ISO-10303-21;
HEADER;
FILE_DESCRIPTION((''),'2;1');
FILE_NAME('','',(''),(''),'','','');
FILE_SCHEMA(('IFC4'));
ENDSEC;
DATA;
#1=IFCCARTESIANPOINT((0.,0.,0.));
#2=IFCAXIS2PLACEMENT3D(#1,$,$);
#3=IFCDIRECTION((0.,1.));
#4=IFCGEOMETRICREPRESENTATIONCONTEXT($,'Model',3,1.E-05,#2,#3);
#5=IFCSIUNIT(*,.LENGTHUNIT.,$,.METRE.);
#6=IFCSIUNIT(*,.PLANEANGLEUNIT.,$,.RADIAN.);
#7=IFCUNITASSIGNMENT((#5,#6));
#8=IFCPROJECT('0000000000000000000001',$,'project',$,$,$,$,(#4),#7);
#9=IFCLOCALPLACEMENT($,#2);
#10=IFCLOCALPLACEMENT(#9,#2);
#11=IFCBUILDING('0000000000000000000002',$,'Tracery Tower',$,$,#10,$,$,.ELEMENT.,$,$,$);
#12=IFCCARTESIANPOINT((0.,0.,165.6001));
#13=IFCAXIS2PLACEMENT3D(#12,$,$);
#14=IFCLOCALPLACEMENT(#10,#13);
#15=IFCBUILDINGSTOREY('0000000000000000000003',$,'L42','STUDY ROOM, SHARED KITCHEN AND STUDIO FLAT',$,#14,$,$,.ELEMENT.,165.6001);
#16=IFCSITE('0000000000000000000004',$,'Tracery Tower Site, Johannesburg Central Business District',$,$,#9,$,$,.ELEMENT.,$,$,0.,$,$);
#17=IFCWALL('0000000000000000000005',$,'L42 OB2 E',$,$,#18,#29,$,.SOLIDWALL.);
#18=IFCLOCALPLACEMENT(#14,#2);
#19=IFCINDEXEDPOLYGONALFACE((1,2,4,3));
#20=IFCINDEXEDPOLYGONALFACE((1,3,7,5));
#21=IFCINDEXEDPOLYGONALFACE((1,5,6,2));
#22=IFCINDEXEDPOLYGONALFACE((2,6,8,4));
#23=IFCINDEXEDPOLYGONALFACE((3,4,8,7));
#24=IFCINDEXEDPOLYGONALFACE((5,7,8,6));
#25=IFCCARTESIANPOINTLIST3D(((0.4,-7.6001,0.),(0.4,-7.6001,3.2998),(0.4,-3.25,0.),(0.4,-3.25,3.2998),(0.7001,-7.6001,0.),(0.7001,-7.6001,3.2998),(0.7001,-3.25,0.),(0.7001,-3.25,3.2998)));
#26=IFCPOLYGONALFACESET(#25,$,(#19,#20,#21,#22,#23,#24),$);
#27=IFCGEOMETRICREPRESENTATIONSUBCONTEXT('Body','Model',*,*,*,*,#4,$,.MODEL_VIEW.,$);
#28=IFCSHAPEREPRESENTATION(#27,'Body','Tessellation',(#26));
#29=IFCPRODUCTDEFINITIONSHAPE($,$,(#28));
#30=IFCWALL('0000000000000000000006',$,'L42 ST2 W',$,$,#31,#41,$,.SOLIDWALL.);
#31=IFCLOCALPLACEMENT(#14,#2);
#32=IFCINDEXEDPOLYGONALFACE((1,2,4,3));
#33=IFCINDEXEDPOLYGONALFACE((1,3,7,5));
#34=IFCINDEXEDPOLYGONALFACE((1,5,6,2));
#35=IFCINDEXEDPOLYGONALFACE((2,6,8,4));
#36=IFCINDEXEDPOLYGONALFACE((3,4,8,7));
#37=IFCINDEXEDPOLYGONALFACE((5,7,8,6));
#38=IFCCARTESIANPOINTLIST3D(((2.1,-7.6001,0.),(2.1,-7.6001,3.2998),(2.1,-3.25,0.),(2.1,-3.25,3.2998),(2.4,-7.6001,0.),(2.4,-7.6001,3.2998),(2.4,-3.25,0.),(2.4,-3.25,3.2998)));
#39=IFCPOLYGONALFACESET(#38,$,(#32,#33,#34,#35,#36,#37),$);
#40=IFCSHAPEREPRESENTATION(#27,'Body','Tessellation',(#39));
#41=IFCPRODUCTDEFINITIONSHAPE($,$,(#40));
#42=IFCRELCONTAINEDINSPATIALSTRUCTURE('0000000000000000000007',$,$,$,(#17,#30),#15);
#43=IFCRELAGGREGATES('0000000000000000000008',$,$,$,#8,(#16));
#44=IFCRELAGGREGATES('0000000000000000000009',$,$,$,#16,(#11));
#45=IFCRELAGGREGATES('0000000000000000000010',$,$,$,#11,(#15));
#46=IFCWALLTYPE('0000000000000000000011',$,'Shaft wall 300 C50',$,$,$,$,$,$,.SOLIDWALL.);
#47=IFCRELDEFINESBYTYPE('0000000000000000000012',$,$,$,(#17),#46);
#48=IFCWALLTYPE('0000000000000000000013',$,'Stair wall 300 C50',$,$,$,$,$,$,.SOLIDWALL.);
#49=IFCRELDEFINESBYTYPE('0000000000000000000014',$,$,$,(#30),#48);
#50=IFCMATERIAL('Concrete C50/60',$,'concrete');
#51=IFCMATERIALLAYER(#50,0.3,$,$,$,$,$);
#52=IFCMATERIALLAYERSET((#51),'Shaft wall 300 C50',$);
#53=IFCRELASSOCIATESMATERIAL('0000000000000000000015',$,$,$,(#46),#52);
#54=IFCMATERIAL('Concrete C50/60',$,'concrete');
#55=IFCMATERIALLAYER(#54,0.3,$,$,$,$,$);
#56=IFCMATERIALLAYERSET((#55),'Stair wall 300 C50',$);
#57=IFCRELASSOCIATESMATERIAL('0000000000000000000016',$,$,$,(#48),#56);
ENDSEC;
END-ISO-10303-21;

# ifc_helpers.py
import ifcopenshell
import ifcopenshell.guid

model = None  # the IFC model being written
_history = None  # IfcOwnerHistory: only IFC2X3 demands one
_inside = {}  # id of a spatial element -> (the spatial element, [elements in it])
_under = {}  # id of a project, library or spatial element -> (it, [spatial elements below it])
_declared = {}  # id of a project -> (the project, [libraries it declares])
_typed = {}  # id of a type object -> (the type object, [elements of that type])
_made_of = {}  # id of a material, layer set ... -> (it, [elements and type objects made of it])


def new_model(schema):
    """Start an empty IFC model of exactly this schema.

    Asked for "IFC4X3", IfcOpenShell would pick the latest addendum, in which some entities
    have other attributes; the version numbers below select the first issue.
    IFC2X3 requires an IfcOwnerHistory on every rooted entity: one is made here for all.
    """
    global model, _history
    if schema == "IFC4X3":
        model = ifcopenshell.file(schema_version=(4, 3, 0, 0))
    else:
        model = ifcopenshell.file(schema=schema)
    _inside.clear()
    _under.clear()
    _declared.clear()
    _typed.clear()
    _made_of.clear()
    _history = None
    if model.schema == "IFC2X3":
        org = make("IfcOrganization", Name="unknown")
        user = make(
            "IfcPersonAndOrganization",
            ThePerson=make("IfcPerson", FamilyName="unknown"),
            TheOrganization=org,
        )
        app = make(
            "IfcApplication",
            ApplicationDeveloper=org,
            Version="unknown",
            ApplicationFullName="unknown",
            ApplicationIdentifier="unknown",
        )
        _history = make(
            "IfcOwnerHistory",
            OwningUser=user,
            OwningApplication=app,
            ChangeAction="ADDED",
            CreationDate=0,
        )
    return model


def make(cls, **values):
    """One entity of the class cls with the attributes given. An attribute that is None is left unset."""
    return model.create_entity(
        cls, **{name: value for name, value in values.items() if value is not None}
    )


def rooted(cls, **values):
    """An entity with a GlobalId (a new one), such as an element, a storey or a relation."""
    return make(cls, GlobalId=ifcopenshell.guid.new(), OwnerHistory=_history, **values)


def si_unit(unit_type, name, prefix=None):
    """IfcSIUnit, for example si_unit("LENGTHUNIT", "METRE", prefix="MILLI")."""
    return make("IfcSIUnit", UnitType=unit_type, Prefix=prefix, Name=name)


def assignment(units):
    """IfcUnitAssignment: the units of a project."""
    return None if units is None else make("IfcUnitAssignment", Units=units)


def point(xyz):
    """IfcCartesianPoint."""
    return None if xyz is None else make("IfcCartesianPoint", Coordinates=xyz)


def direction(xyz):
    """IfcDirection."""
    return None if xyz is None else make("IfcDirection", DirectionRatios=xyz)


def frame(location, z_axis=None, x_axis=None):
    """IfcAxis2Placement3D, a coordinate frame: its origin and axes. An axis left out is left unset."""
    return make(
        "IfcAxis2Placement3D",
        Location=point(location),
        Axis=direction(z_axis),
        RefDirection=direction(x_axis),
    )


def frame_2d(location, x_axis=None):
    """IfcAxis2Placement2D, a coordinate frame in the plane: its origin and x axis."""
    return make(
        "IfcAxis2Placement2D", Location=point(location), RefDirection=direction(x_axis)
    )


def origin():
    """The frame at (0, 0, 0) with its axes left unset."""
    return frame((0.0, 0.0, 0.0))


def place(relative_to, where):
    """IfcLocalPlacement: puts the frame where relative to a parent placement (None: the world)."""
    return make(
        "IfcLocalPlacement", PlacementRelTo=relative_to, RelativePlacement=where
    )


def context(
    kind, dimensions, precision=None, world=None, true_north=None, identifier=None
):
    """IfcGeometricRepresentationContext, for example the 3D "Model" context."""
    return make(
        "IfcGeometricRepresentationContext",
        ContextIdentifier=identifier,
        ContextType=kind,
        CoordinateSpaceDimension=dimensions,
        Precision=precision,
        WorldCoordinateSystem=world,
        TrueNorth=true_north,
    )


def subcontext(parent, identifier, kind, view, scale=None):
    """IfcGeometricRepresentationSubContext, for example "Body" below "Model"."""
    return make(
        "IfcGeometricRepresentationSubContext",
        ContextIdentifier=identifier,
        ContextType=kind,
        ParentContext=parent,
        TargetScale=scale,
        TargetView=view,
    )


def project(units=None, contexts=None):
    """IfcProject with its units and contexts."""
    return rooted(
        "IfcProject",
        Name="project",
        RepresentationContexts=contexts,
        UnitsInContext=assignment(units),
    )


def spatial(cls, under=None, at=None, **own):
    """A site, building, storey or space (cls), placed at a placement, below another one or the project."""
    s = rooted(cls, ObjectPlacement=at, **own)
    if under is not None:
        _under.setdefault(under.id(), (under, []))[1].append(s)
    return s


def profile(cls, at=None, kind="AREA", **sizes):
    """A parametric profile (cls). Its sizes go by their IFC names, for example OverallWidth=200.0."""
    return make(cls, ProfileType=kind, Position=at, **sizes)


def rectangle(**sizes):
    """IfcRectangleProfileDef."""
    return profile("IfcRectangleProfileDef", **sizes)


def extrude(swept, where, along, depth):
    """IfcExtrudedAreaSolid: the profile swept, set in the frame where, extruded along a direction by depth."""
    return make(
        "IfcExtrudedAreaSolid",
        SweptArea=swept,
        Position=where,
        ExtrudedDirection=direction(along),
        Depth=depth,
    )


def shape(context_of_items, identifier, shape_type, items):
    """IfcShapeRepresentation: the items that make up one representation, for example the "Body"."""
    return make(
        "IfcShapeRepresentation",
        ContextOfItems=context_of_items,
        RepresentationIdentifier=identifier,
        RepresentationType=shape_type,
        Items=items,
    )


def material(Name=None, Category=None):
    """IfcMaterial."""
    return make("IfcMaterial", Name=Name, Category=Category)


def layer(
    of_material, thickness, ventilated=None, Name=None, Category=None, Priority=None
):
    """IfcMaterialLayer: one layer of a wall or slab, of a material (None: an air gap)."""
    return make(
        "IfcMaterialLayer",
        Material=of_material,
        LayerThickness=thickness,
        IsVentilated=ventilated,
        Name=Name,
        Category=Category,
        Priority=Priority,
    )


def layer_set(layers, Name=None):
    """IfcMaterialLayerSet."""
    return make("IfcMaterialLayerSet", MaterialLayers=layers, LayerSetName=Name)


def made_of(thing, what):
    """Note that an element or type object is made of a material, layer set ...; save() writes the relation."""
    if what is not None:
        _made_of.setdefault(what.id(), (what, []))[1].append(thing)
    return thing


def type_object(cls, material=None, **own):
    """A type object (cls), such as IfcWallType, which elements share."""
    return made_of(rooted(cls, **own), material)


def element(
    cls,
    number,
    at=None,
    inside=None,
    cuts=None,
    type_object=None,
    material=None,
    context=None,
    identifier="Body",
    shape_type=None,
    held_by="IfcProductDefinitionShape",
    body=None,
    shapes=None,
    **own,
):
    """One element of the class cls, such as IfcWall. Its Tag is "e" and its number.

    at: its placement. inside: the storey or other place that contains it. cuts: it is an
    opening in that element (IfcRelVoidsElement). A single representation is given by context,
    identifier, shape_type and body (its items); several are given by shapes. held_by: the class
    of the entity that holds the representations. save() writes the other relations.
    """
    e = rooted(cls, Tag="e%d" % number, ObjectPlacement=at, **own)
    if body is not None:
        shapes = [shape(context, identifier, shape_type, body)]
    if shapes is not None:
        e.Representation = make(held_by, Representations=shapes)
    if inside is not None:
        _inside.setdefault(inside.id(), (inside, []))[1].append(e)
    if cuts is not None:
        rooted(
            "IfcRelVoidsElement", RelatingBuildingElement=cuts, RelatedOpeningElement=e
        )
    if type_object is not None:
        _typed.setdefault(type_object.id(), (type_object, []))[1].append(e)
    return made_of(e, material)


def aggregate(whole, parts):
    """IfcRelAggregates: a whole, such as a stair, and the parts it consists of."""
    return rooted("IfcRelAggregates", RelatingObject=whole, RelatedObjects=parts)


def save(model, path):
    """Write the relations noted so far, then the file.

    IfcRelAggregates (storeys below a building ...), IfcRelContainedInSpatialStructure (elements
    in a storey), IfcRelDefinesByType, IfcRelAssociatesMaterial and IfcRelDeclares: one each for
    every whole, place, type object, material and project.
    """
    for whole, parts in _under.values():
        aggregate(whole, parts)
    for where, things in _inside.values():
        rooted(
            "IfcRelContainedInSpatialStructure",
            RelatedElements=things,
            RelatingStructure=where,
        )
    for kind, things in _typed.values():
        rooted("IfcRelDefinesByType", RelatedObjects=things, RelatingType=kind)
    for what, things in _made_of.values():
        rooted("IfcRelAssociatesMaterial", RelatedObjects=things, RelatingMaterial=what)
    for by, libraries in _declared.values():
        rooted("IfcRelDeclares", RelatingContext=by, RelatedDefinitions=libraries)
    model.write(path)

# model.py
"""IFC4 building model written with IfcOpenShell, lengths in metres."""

from ifc_helpers import new_model, si_unit, direction, frame, frame_2d, origin, place, context, subcontext, project, spatial, rectangle, extrude, material, layer, layer_set, type_object, element, save


model = new_model("IFC4")

# Units and contexts
model_context = context("Model", 3, precision=1e-05, world=origin(), true_north=direction((0.0, 1.0)))
body_context = subcontext(model_context, "Body", "Model", "MODEL_VIEW")
ifc_project = project(units=[si_unit("LENGTHUNIT", "METRE"), si_unit("PLANEANGLEUNIT", "RADIAN")], contexts=[model_context])

# Site, building, storey
site_placement = place(None, origin())
site = spatial("IfcSite", under=ifc_project, at=site_placement, Name="Tracery Tower Site, Johannesburg Central Business District", CompositionType="ELEMENT", RefElevation=0.0)
building_placement = place(site_placement, origin())
building = spatial("IfcBuilding", under=site, at=building_placement, Name="Tracery Tower", CompositionType="ELEMENT")
storey_placement = place(building_placement, frame((0.0, 0.0, 165.6001)))
storey = spatial("IfcBuildingStorey", under=building, at=storey_placement, Name="L42", Description="STUDY ROOM, SHARED KITCHEN AND STUDIO FLAT", CompositionType="ELEMENT", Elevation=165.6001)

# Walls
ifc_material_1 = material(Name="Concrete C50/60", Category="concrete")
ifc_layer_1 = layer(ifc_material_1, 0.3)
ifc_layer_set_1 = layer_set([ifc_layer_1], Name="Shaft wall 300 C50")
wall_type_1 = type_object("IfcWallType", Name="Shaft wall 300 C50", PredefinedType="SOLIDWALL", material=ifc_layer_set_1)
wall_1_placement = place(storey_placement, frame((0.55, -7.6001, 0.0), z_axis=(0.0, 0.0, 1.0), x_axis=(0.0, 1.0, 0.0)))
element("IfcWall", 1, at=wall_1_placement, inside=storey, type_object=wall_type_1, Name="L42 OB2 E", PredefinedType="SOLIDWALL", context=body_context, shape_type="SweptSolid", body=[
    extrude(rectangle(XDim=4.3501, YDim=0.3, at=frame_2d((2.175, 0.0))), origin(), (0.0, 0.0, 1.0), 3.2998),
])
ifc_material_2 = material(Name="Concrete C50/60", Category="concrete")
ifc_layer_2 = layer(ifc_material_2, 0.3)
ifc_layer_set_2 = layer_set([ifc_layer_2], Name="Stair wall 300 C50")
wall_type_2 = type_object("IfcWallType", Name="Stair wall 300 C50", PredefinedType="SOLIDWALL", material=ifc_layer_set_2)
wall_2_placement = place(storey_placement, frame((2.25, -7.6001, 0.0), z_axis=(0.0, 0.0, 1.0), x_axis=(0.0, 1.0, 0.0)))
element("IfcWall", 2, at=wall_2_placement, inside=storey, type_object=wall_type_2, Name="L42 ST2 W", PredefinedType="SOLIDWALL", context=body_context, shape_type="SweptSolid", body=[
    extrude(rectangle(XDim=4.3501, YDim=0.3, at=frame_2d((2.175, 0.0))), origin(), (0.0, 0.0, 1.0), 3.2998),
])

save(model, "model.ifc")
